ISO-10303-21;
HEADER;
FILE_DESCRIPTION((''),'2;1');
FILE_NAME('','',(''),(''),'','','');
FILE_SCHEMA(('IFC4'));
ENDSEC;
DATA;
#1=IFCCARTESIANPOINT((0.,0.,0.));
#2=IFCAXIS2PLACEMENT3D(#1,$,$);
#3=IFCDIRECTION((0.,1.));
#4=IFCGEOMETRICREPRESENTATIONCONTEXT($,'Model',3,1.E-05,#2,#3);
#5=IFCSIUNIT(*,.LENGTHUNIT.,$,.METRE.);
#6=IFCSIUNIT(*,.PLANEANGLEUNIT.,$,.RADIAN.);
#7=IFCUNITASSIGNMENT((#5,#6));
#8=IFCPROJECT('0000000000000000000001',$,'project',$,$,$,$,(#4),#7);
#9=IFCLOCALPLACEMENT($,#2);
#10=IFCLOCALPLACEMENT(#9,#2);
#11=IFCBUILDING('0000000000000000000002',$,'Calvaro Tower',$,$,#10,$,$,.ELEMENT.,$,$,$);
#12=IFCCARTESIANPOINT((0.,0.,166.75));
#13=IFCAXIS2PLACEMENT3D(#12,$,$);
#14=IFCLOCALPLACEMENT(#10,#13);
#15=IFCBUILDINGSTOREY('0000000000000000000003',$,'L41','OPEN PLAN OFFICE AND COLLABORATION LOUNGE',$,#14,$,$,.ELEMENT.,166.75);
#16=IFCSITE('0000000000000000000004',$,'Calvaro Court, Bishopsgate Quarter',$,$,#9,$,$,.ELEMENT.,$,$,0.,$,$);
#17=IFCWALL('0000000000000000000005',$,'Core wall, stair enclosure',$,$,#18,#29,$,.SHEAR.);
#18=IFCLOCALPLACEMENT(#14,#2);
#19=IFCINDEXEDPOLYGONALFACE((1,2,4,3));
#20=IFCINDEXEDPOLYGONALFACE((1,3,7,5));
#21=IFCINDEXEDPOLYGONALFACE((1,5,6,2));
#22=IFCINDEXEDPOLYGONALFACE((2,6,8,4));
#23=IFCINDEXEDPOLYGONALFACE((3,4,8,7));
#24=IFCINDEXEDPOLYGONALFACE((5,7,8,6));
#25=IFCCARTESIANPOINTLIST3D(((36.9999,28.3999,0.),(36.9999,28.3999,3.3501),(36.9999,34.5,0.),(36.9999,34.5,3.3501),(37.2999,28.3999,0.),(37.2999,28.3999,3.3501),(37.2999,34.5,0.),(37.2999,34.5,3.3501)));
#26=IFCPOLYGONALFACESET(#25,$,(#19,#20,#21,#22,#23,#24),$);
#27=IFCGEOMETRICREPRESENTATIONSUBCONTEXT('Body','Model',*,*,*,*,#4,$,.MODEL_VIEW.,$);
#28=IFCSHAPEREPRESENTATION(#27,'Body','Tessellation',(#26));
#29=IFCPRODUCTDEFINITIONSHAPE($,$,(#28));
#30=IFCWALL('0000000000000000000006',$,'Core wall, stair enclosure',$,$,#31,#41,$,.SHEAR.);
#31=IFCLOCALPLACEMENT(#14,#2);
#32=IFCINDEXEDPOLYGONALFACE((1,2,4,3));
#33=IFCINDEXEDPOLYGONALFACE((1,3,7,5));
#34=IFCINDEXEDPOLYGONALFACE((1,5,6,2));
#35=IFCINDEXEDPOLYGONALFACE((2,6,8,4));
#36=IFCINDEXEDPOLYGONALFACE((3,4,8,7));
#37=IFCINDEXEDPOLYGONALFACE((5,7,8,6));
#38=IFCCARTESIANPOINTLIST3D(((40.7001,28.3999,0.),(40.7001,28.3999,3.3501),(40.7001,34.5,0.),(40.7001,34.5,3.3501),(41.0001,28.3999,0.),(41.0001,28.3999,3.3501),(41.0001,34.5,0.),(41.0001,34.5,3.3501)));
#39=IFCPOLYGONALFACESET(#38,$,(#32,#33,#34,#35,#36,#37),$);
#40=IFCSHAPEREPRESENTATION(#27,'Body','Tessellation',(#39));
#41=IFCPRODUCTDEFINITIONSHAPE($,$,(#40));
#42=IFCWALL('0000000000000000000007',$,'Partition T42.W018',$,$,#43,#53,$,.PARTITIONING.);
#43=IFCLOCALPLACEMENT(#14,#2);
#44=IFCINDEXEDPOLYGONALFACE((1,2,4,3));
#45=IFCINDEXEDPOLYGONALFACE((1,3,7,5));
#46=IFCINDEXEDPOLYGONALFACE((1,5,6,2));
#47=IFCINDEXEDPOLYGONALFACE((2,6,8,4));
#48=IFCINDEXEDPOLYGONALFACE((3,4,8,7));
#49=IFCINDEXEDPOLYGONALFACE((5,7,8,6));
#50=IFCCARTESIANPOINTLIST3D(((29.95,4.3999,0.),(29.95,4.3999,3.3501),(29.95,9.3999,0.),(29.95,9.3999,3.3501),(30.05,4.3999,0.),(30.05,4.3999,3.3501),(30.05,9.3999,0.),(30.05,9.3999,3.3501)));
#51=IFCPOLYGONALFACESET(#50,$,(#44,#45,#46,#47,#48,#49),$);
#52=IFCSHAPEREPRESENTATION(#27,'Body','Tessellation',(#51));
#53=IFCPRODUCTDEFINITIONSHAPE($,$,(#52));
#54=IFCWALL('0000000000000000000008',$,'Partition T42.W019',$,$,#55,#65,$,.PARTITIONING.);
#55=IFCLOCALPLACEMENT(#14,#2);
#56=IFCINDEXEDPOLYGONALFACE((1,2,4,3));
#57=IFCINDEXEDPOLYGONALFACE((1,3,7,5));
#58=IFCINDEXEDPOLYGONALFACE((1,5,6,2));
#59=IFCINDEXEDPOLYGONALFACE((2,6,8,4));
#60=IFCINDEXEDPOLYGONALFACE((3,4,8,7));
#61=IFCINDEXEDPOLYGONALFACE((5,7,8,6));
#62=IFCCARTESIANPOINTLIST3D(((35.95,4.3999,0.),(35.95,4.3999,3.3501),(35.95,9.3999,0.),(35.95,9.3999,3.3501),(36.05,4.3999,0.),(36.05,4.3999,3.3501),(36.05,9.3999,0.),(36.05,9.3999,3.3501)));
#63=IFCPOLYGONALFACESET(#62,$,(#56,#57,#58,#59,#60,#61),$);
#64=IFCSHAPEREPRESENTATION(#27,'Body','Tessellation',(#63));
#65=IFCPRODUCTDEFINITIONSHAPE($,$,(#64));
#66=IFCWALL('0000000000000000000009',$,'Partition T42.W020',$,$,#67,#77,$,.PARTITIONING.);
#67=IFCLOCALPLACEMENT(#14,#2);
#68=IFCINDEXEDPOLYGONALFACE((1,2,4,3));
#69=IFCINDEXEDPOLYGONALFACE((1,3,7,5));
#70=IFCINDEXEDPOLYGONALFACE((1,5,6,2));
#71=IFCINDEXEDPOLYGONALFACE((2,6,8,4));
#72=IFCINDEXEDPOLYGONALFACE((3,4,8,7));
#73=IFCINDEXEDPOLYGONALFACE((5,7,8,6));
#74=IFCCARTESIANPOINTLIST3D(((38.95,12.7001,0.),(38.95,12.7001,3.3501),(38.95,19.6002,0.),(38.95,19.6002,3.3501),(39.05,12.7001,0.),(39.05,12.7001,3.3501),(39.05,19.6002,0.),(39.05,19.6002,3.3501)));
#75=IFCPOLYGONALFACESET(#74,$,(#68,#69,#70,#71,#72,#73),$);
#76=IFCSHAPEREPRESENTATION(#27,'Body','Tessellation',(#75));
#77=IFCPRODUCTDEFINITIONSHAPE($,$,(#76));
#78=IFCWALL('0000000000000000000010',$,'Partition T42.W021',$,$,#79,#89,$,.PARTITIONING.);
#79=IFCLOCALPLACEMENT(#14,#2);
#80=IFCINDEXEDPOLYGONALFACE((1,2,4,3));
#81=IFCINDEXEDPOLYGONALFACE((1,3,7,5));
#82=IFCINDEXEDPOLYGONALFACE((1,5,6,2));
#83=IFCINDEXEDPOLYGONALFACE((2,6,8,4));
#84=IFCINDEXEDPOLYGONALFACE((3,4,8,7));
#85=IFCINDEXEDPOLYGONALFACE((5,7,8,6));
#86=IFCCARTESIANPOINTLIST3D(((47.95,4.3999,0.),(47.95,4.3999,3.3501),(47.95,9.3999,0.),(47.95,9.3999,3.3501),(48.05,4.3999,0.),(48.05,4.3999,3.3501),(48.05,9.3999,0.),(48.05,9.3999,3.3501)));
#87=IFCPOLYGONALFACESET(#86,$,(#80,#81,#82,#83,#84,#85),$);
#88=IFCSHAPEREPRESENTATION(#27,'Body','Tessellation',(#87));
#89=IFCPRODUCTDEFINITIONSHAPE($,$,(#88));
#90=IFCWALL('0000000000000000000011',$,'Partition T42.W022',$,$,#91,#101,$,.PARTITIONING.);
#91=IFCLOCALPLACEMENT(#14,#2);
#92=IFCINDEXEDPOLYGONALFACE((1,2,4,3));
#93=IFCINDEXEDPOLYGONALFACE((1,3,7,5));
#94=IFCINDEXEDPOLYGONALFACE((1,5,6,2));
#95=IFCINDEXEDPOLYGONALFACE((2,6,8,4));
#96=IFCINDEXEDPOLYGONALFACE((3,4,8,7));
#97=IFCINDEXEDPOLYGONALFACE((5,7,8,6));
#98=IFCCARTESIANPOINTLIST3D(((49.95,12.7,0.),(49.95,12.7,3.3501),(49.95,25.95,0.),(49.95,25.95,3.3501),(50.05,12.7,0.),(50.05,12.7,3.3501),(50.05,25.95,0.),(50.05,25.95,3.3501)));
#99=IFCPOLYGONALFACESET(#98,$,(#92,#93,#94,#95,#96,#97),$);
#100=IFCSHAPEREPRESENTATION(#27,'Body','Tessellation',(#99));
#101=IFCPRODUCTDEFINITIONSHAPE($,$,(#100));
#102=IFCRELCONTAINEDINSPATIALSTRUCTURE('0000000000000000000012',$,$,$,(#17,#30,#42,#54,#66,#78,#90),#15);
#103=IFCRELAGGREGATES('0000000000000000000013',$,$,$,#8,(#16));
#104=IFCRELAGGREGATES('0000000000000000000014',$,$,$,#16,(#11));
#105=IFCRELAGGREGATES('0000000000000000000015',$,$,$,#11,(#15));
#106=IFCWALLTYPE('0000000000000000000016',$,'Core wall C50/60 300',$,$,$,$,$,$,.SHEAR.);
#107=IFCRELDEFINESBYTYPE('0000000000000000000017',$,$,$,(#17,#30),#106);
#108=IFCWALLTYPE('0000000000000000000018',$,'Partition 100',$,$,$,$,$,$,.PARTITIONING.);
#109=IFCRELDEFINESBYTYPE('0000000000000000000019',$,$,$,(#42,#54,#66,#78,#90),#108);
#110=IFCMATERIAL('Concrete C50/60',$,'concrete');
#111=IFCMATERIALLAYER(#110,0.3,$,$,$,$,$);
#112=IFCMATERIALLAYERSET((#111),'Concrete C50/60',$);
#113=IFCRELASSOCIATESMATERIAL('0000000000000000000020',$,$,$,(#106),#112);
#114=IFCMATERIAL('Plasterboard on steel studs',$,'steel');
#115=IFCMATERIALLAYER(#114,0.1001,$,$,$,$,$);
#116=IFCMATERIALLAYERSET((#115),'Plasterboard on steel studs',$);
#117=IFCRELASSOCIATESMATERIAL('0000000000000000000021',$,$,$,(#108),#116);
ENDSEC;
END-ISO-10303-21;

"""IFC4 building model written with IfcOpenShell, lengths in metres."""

from ifc_helpers import new_model, si_unit, direction, frame, frame_2d, origin, place, context, subcontext, project, spatial, rectangle, extrude, material, layer, layer_set, type_object, element, save


model = new_model("IFC4")

# Units and contexts
model_context = context("Model", 3, precision=1e-05, world=origin(), true_north=direction((0.0, 1.0)))
body_context = subcontext(model_context, "Body", "Model", "MODEL_VIEW")
ifc_project = project(units=[si_unit("LENGTHUNIT", "METRE"), si_unit("PLANEANGLEUNIT", "RADIAN")], contexts=[model_context])

# Site, building, storey
site_placement = place(None, origin())
site = spatial("IfcSite", under=ifc_project, at=site_placement, Name="Calvaro Court, Bishopsgate Quarter", CompositionType="ELEMENT", RefElevation=0.0)
building_placement = place(site_placement, origin())
building = spatial("IfcBuilding", under=site, at=building_placement, Name="Calvaro Tower", CompositionType="ELEMENT")
storey_placement = place(building_placement, frame((0.0, 0.0, 166.75)))
storey = spatial("IfcBuildingStorey", under=building, at=storey_placement, Name="L41", Description="OPEN PLAN OFFICE AND COLLABORATION LOUNGE", CompositionType="ELEMENT", Elevation=166.75)

# Walls
ifc_material_1 = material(Name="Concrete C50/60", Category="concrete")
ifc_layer_1 = layer(ifc_material_1, 0.3)
ifc_layer_set_1 = layer_set([ifc_layer_1], Name="Concrete C50/60")
wall_type_1 = type_object("IfcWallType", Name="Core wall C50/60 300", PredefinedType="SHEAR", material=ifc_layer_set_1)
for number, where, z_axis, x_axis, name in (
    (1, (37.1499, 28.3999, 0.0), (0.0, 0.0, 1.0), (0.0, 1.0, 0.0), "Core wall, stair enclosure"),
    (2, (40.8501, 28.3999, 0.0), (0.0, 0.0, 1.0), (0.0, 1.0, 0.0), "Core wall, stair enclosure"),
):
    element("IfcWall", number, at=place(storey_placement, frame(where, z_axis=z_axis, x_axis=x_axis)), inside=storey, type_object=wall_type_1, Name=name, PredefinedType="SHEAR", context=body_context, shape_type="SweptSolid", body=[
        extrude(rectangle(XDim=6.1001, YDim=0.3, at=frame_2d((3.05, 0.0))), origin(), (0.0, 0.0, 1.0), 3.3501),
    ])
ifc_material_2 = material(Name="Plasterboard on steel studs", Category="steel")
ifc_layer_2 = layer(ifc_material_2, 0.1001)
ifc_layer_set_2 = layer_set([ifc_layer_2], Name="Plasterboard on steel studs")
wall_type_2 = type_object("IfcWallType", Name="Partition 100", PredefinedType="PARTITIONING", material=ifc_layer_set_2)
for number, where, z_axis, x_axis, name in (
    (3, (30.0, 4.3999, 0.0), (0.0, 0.0, 1.0), (0.0, 1.0, 0.0), "Partition T42.W018"),
    (4, (36.0, 4.3999, 0.0), (0.0, 0.0, 1.0), (0.0, 1.0, 0.0), "Partition T42.W019"),
):
    element("IfcWall", number, at=place(storey_placement, frame(where, z_axis=z_axis, x_axis=x_axis)), inside=storey, type_object=wall_type_2, Name=name, PredefinedType="PARTITIONING", context=body_context, shape_type="SweptSolid", body=[
        extrude(rectangle(XDim=5.0, YDim=0.1001, at=frame_2d((2.5, 0.0))), origin(), (0.0, 0.0, 1.0), 3.3501),
    ])
wall_1_placement = place(storey_placement, frame((39.0, 12.7, 0.0), z_axis=(0.0, 0.0, 1.0), x_axis=(0.0, 1.0, 0.0)))
element("IfcWall", 5, at=wall_1_placement, inside=storey, type_object=wall_type_2, Name="Partition T42.W020", PredefinedType="PARTITIONING", context=body_context, shape_type="SweptSolid", body=[
    extrude(rectangle(XDim=6.9001, YDim=0.1001, at=frame_2d((3.4502, 0.0))), origin(), (0.0, 0.0, 1.0), 3.3501),
])
wall_2_placement = place(storey_placement, frame((48.0, 4.3999, 0.0), z_axis=(0.0, 0.0, 1.0), x_axis=(0.0, 1.0, 0.0)))
element("IfcWall", 6, at=wall_2_placement, inside=storey, type_object=wall_type_2, Name="Partition T42.W021", PredefinedType="PARTITIONING", context=body_context, shape_type="SweptSolid", body=[
    extrude(rectangle(XDim=5.0, YDim=0.1001, at=frame_2d((2.5, 0.0))), origin(), (0.0, 0.0, 1.0), 3.3501),
])
wall_3_placement = place(storey_placement, frame((50.0, 12.7, 0.0), z_axis=(0.0, 0.0, 1.0), x_axis=(0.0, 1.0, 0.0)))
element("IfcWall", 7, at=wall_3_placement, inside=storey, type_object=wall_type_2, Name="Partition T42.W022", PredefinedType="PARTITIONING", context=body_context, shape_type="SweptSolid", body=[
    extrude(rectangle(XDim=13.25, YDim=0.1001, at=frame_2d((6.625, 0.0))), origin(), (0.0, 0.0, 1.0), 3.3501),
])

save(model, "model.ifc")
